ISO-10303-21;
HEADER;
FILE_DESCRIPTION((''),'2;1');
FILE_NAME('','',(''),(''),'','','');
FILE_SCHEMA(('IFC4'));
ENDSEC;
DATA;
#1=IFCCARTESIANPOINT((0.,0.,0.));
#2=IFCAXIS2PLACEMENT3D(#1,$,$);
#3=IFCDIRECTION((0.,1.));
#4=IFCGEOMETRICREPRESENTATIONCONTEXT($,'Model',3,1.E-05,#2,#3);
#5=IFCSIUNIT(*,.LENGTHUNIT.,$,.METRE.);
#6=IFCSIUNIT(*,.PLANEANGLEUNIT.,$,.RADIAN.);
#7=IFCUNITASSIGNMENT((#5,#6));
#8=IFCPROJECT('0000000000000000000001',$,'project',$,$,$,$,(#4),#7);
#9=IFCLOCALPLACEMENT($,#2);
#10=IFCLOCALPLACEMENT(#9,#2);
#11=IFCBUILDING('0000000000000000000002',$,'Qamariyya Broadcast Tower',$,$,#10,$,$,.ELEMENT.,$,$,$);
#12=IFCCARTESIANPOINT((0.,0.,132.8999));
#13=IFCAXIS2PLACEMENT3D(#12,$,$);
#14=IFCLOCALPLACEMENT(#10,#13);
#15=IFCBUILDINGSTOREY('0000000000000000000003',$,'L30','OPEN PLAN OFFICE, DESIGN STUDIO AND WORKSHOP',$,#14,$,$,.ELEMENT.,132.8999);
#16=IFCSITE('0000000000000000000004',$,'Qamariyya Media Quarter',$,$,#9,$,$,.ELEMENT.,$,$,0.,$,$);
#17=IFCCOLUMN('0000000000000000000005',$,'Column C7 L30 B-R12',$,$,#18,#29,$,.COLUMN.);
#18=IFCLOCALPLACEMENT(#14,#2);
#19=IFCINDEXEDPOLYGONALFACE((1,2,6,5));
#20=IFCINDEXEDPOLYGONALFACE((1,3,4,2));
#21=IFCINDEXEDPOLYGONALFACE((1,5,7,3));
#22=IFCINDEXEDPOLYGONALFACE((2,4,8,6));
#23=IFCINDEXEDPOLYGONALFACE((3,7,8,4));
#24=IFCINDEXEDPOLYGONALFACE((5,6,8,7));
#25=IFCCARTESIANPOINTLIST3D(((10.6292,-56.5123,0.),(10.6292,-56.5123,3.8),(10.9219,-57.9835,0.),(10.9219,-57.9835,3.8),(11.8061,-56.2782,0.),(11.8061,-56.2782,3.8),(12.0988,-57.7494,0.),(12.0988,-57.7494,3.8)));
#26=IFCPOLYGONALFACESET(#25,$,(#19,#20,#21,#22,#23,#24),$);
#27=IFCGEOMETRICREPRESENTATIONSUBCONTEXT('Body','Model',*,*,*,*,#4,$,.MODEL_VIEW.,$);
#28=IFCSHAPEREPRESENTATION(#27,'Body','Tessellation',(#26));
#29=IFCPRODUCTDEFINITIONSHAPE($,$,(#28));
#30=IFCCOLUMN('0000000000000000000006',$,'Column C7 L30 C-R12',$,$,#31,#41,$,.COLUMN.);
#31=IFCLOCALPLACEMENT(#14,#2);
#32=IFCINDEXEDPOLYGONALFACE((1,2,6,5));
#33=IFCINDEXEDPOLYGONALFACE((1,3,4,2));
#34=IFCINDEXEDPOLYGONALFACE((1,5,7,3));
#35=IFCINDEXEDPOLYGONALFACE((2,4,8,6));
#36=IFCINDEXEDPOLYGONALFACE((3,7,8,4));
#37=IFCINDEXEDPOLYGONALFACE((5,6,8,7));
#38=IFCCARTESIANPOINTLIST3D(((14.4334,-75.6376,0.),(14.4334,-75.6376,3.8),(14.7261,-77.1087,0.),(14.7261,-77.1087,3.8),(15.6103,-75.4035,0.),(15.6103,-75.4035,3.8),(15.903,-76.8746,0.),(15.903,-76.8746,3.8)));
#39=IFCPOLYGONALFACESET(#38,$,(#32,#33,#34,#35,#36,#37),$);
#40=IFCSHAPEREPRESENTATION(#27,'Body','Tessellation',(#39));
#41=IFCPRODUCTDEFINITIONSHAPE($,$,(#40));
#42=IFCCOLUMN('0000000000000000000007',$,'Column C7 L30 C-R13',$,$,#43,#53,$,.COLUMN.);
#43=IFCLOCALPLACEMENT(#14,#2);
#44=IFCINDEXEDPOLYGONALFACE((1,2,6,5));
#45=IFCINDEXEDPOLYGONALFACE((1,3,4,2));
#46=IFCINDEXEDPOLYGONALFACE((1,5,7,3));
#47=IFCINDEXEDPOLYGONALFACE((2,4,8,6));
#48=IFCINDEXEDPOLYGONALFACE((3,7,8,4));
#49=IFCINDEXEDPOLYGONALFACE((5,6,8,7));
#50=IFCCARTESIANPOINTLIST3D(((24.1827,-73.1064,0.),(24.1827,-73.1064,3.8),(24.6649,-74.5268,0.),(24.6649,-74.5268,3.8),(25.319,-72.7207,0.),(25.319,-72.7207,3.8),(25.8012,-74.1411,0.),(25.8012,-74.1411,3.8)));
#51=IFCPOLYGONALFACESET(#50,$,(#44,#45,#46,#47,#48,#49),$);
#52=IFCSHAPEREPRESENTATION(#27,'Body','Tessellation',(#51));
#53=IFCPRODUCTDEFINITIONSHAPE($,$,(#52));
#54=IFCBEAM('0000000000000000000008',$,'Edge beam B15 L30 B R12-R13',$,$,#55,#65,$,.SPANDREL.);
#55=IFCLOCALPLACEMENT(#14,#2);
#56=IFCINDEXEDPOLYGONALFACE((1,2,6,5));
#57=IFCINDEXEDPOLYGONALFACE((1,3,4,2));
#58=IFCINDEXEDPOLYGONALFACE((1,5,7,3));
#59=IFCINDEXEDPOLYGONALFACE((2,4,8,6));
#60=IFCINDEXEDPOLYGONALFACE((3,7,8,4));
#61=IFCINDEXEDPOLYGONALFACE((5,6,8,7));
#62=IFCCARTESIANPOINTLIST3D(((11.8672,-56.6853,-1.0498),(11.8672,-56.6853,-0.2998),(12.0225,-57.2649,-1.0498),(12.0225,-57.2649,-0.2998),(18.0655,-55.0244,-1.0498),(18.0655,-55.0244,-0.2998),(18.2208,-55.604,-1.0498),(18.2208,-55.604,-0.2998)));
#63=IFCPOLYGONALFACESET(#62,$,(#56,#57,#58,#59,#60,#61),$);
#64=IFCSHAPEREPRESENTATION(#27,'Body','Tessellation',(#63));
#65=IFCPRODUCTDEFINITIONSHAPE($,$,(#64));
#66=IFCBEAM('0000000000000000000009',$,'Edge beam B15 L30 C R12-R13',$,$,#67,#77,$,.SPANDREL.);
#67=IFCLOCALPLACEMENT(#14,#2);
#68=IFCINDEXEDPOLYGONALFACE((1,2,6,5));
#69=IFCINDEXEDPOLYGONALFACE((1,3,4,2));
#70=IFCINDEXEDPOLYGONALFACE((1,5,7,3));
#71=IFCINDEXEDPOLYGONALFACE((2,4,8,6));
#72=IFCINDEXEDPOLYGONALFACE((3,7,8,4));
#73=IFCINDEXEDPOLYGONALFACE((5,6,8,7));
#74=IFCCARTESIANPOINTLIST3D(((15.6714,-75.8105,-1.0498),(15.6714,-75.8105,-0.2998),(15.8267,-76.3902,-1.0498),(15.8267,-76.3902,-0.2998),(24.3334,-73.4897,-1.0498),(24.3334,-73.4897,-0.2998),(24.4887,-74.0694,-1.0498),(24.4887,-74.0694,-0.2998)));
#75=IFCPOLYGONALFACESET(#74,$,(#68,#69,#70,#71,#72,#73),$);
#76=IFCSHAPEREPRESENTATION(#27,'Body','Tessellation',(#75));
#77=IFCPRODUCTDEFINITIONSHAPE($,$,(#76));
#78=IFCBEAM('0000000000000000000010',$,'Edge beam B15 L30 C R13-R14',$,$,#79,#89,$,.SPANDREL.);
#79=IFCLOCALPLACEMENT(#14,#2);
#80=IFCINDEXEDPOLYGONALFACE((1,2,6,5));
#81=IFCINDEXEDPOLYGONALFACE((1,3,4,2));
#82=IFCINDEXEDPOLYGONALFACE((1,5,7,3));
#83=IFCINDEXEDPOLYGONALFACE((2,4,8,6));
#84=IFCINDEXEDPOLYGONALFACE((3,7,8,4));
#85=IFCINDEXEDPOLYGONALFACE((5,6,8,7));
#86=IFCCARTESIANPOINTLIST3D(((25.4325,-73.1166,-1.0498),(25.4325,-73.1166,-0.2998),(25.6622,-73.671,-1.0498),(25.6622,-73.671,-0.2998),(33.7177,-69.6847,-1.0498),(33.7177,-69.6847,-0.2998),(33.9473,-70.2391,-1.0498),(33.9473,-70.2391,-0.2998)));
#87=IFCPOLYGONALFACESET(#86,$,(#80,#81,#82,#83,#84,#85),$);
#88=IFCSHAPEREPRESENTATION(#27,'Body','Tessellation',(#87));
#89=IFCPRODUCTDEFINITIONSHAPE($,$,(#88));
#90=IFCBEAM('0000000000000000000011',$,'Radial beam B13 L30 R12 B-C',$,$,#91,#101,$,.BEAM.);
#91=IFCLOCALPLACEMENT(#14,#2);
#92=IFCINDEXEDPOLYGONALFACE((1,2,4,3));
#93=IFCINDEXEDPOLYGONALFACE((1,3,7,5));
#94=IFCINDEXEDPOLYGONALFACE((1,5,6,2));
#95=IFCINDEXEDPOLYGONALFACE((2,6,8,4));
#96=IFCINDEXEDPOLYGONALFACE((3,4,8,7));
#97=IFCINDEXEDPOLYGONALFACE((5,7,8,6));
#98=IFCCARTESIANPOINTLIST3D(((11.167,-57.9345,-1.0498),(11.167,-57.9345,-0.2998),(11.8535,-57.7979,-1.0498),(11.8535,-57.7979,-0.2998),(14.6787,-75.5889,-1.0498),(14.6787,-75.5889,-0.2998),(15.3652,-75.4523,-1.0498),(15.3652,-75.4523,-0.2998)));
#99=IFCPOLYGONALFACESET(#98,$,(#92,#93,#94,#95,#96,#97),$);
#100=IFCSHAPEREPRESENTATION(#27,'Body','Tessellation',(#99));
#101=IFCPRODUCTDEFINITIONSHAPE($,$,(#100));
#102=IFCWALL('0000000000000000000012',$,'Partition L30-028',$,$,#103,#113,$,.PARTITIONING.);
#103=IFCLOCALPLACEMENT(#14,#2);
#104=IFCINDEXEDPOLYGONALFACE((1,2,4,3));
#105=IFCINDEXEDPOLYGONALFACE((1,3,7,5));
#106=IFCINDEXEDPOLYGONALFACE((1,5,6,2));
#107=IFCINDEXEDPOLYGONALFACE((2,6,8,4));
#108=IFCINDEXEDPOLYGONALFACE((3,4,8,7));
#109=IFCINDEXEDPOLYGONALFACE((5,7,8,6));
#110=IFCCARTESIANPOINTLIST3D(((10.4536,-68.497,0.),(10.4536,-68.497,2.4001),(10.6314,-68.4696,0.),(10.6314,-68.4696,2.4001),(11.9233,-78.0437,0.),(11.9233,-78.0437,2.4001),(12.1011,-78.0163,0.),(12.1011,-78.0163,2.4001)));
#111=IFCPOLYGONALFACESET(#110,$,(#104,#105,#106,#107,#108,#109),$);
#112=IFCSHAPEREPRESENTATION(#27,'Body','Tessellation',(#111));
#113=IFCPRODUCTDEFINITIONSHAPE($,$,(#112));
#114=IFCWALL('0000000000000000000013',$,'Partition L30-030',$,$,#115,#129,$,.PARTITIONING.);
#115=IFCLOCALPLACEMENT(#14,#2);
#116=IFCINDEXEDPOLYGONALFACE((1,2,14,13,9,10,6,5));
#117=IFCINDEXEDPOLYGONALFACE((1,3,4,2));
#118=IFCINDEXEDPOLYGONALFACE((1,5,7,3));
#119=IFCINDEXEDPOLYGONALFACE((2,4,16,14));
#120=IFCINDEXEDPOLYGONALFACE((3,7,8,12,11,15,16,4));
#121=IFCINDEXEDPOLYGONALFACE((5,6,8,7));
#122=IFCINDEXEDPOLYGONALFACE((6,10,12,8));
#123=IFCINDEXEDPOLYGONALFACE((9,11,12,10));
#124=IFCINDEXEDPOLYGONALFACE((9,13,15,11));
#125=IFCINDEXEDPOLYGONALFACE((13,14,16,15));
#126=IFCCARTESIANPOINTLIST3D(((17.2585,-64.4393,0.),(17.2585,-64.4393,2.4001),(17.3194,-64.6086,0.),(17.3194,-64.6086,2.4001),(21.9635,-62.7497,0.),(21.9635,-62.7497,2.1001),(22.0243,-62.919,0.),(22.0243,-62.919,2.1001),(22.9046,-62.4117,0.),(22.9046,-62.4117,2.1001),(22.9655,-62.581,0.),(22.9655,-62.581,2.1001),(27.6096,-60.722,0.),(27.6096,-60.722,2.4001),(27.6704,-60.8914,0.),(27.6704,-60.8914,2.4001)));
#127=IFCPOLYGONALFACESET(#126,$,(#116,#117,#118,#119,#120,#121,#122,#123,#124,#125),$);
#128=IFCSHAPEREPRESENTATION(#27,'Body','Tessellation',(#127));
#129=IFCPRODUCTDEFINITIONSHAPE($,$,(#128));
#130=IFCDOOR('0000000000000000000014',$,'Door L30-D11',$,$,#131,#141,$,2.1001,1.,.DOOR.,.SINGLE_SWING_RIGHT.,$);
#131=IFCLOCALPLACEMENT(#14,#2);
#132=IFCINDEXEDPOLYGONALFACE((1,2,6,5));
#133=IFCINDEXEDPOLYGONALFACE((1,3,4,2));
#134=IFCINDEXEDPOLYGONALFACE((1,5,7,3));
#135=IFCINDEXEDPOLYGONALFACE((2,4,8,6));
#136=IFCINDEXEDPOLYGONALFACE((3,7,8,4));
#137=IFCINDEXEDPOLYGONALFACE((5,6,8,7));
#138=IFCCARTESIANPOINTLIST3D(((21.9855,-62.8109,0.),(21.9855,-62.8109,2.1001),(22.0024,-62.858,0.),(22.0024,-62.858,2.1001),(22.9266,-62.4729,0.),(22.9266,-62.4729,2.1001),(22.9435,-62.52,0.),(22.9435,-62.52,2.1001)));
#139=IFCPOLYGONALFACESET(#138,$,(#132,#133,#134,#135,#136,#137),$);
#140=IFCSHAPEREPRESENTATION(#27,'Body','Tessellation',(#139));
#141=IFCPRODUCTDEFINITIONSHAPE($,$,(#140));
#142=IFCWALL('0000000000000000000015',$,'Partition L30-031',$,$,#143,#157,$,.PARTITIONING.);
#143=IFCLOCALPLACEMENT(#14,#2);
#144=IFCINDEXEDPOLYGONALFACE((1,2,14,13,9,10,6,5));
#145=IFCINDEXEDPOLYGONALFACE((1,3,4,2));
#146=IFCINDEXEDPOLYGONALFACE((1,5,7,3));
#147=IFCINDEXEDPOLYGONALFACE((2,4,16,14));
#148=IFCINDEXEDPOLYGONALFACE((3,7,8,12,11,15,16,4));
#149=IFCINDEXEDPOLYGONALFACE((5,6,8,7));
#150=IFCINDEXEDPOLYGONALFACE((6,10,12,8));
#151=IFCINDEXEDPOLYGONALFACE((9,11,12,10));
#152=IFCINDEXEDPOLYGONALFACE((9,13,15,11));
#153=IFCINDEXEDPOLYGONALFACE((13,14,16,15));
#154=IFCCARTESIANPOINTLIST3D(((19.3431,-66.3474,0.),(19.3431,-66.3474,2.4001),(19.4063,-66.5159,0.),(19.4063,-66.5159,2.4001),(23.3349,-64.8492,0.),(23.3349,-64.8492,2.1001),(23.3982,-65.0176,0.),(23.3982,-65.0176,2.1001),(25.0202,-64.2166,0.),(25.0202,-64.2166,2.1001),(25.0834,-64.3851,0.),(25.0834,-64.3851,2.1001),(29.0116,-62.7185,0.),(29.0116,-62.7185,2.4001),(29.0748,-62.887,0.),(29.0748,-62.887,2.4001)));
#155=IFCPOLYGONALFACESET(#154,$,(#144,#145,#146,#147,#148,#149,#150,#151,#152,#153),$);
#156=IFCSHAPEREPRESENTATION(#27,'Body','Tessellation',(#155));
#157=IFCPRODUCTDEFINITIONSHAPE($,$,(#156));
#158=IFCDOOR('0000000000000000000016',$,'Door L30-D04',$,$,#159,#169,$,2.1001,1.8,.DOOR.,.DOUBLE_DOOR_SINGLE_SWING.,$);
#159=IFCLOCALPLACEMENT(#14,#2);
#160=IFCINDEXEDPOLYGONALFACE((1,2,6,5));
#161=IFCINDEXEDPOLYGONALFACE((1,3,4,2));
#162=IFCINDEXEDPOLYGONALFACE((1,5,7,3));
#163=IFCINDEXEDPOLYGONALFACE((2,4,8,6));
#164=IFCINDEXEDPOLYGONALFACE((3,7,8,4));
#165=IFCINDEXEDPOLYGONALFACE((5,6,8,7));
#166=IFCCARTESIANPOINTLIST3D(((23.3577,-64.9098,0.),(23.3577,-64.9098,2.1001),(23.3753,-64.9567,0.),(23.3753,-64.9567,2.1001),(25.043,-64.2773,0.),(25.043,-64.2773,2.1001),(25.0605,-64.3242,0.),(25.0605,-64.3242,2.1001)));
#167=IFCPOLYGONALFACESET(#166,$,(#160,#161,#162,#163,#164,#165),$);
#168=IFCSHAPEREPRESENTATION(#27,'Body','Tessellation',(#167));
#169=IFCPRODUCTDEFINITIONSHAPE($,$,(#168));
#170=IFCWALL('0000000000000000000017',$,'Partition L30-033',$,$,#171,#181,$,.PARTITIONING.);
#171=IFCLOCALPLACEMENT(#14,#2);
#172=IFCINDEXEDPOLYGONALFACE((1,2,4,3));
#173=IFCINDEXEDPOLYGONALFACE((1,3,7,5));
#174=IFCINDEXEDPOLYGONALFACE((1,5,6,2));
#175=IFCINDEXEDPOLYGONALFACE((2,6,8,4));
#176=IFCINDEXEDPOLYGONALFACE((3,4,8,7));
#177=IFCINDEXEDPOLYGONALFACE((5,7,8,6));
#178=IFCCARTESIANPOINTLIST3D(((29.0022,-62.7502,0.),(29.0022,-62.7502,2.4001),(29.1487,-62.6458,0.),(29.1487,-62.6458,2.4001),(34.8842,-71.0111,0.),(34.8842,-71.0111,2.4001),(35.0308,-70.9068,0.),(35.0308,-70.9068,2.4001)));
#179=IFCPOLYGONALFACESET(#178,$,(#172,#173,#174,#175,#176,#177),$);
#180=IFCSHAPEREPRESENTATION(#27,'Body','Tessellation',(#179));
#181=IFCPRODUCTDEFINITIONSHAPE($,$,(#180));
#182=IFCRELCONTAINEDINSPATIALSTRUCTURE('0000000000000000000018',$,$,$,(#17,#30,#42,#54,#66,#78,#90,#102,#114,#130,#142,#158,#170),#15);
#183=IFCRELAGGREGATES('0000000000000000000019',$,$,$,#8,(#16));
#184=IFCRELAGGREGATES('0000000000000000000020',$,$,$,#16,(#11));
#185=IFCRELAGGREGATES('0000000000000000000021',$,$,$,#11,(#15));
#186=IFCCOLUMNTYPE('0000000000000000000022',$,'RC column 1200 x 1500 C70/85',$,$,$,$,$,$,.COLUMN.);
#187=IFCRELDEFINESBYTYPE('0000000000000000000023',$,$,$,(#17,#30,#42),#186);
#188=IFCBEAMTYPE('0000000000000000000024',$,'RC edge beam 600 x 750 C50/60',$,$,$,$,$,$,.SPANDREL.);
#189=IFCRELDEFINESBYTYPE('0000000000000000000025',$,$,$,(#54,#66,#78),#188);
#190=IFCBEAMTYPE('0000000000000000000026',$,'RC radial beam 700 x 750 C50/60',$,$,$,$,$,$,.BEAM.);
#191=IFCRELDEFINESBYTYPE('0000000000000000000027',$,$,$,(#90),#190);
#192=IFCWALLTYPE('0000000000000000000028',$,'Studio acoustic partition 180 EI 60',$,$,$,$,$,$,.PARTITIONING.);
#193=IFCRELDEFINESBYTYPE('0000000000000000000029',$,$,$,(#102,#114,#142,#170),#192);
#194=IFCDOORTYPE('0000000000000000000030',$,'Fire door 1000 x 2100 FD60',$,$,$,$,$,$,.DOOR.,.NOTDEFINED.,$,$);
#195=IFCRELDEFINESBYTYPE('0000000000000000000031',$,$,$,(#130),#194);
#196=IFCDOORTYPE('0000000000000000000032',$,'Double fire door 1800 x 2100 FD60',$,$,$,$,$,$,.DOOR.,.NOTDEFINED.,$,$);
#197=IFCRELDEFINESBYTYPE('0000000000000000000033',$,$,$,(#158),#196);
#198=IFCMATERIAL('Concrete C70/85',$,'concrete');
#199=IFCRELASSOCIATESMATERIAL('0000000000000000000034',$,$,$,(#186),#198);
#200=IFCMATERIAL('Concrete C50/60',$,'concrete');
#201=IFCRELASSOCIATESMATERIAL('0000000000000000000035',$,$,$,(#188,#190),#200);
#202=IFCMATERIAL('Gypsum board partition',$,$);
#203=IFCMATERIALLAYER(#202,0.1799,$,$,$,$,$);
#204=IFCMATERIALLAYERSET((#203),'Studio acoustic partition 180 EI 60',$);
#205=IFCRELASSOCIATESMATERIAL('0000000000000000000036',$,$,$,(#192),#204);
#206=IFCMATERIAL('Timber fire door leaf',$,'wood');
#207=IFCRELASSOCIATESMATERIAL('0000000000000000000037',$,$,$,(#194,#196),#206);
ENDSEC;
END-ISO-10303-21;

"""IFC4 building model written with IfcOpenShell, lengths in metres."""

from ifc_helpers import new_model, si_unit, direction, frame, frame_2d, origin, origin_2d, place, context, subcontext, project, spatial, rectangle, extrude, material, layer, layer_set, material_profile, profile_set, type_object, element, fill, save


model = new_model("IFC4")

# Units and contexts
model_context = context("Model", 3, precision=1e-05, world=origin(), true_north=direction((0.0, 1.0)))
body_context = subcontext(model_context, "Body", "Model", "MODEL_VIEW")
ifc_project = project(units=[si_unit("LENGTHUNIT", "METRE"), si_unit("PLANEANGLEUNIT", "RADIAN")], contexts=[model_context])

# Site, building, storey
site_placement = place(None, origin())
site = spatial("IfcSite", under=ifc_project, at=site_placement, Name="Qamariyya Media Quarter", CompositionType="ELEMENT", RefElevation=0.0)
building_placement = place(site_placement, origin())
building = spatial("IfcBuilding", under=site, at=building_placement, Name="Qamariyya Broadcast Tower", CompositionType="ELEMENT")
storey_placement = place(building_placement, frame((0.0, 0.0, 132.8999)))
storey = spatial("IfcBuildingStorey", under=building, at=storey_placement, Name="L30", Description="OPEN PLAN OFFICE, DESIGN STUDIO AND WORKSHOP", CompositionType="ELEMENT", Elevation=132.8999)

# Columns
ifc_material_1 = material(Name="Concrete C70/85", Category="concrete")
ifc_material_profile_1 = material_profile(ifc_material_1, rectangle(XDim=1.2, YDim=1.5, at=origin_2d()))
ifc_profile_set_1 = profile_set([ifc_material_profile_1], Name="Concrete C70/85")
column_type = type_object("IfcColumnType", Name="RC column 1200 x 1500 C70/85", PredefinedType="COLUMN", material=ifc_profile_set_1)
for number, where, z_axis, x_axis, name in (
    (1, (11.364, -57.1309, 0.0), (0.0, 0.0, 1.0), (0.980785, 0.19509, 0.0), "Column C7 L30 B-R12"),
    (2, (15.1682, -76.2561, 0.0), (0.0, 0.0, 1.0), (0.980785, 0.19509, 0.0), "Column C7 L30 C-R12"),
    (3, (24.9919, -73.6238, 0.0), (0.0, 0.0, 1.0), (0.94693, 0.321439, 0.0), "Column C7 L30 C-R13"),
):
    element("IfcColumn", number, at=place(storey_placement, frame(where, z_axis=z_axis, x_axis=x_axis)), inside=storey, type_object=column_type, Name=name, PredefinedType="COLUMN", context=body_context, shape_type="SweptSolid", body=[
        extrude(rectangle(XDim=1.2, YDim=1.5, at=origin_2d()), origin(), (0.0, 0.0, 1.0), 3.8),
    ])

# Beams
ifc_material_2 = material(Name="Concrete C50/60", Category="concrete")
ifc_material_profile_2 = material_profile(ifc_material_2, rectangle(XDim=0.6001, YDim=0.75, at=origin_2d()))
ifc_profile_set_2 = profile_set([ifc_material_profile_2], Name="Concrete C50/60")
beam_type_1 = type_object("IfcBeamType", Name="RC edge beam 600 x 750 C50/60", PredefinedType="SPANDREL", material=ifc_profile_set_2)
beam_1_placement = place(storey_placement, frame((11.9448, -56.9751, -0.6748), z_axis=(0.965923, 0.25883, 0.0), x_axis=(-0.25883, 0.965923, 0.0)))
element("IfcBeam", 4, at=beam_1_placement, inside=storey, type_object=beam_type_1, Name="Edge beam B15 L30 B R12-R13", PredefinedType="SPANDREL", context=body_context, shape_type="SweptSolid", body=[
    extrude(rectangle(XDim=0.6001, YDim=0.75, at=origin_2d()), origin(), (0.0, 0.0, 1.0), 6.417),
])
beam_2_placement = place(storey_placement, frame((15.749, -76.1003, -0.6748), z_axis=(0.965932, 0.258798, 0.0), x_axis=(-0.258798, 0.965932, 0.0)))
element("IfcBeam", 5, at=beam_2_placement, inside=storey, type_object=beam_type_1, Name="Edge beam B15 L30 C R12-R13", PredefinedType="SPANDREL", context=body_context, shape_type="SweptSolid", body=[
    extrude(rectangle(XDim=0.6001, YDim=0.75, at=origin_2d()), origin(), (0.0, 0.0, 1.0), 8.9675),
])
beam_3_placement = place(storey_placement, frame((25.5474, -73.3938, -0.6748), z_axis=(0.923877, 0.382689, 0.0), x_axis=(-0.382689, 0.923877, 0.0)))
element("IfcBeam", 6, at=beam_3_placement, inside=storey, type_object=beam_type_1, Name="Edge beam B15 L30 C R13-R14", PredefinedType="SPANDREL", context=body_context, shape_type="SweptSolid", body=[
    extrude(rectangle(XDim=0.6001, YDim=0.75, at=origin_2d()), origin(), (0.0, 0.0, 1.0), 8.9678),
])
ifc_material_profile_3 = material_profile(ifc_material_2, rectangle(XDim=0.7, YDim=0.75, at=origin_2d()))
ifc_profile_set_3 = profile_set([ifc_material_profile_3], Name="Concrete C50/60")
beam_type_2 = type_object("IfcBeamType", Name="RC radial beam 700 x 750 C50/60", PredefinedType="BEAM", material=ifc_profile_set_3)
beam_4_placement = place(storey_placement, frame((11.5103, -57.8662, -0.6748), z_axis=(0.195094, -0.980785, 0.0), x_axis=(0.980785, 0.195094, 0.0)))
element("IfcBeam", 7, at=beam_4_placement, inside=storey, type_object=beam_type_2, Name="Radial beam B13 L30 R12 B-C", PredefinedType="BEAM", context=body_context, shape_type="SweptSolid", body=[
    extrude(rectangle(XDim=0.7, YDim=0.75, at=origin_2d()), origin(), (0.0, 0.0, 1.0), 18.0002),
])

# Wall
ifc_material_3 = material(Name="Gypsum board partition")
ifc_layer = layer(ifc_material_3, 0.1799)
ifc_layer_set = layer_set([ifc_layer], Name="Studio acoustic partition 180 EI 60")
wall_type = type_object("IfcWallType", Name="Studio acoustic partition 180 EI 60", PredefinedType="PARTITIONING", material=ifc_layer_set)
wall_1_placement = place(storey_placement, frame((12.0122, -78.03, 0.0), z_axis=(0.0, 0.0, 1.0), x_axis=(-0.15216, 0.988356, 0.0)))
element("IfcWall", 8, at=wall_1_placement, inside=storey, type_object=wall_type, Name="Partition L30-028", PredefinedType="PARTITIONING", context=body_context, shape_type="SweptSolid", body=[
    extrude(rectangle(XDim=9.6592, YDim=0.1799, at=frame_2d((4.8296, 0.0))), origin(), (0.0, 0.0, 1.0), 2.4001),
])

# Walls, openings, doors
wall_2_placement = place(storey_placement, frame((17.2891, -64.5239, 0.0), z_axis=(0.0, 0.0, 1.0), x_axis=(0.941151, 0.337987, 0.0)))
wall_2 = element("IfcWall", 9, at=wall_2_placement, inside=storey, type_object=wall_type, Name="Partition L30-030", PredefinedType="PARTITIONING", context=body_context, shape_type="SweptSolid", body=[
    extrude(rectangle(XDim=10.9983, YDim=0.1799, at=frame_2d((5.499, 0.0))), origin(), (0.0, 0.0, 1.0), 2.4001),
])
opening_1_placement = place(wall_2_placement, frame((4.999, 0.0, 0.0)))
opening_1 = element("IfcOpeningElement", 10, at=opening_1_placement, cuts=wall_2, PredefinedType="OPENING", context=body_context, shape_type="SweptSolid", body=[
    extrude(rectangle(XDim=1.0, YDim=2.1001, at=frame_2d((0.5, 1.05))), frame((0.0, 0.0999, 0.0), z_axis=(0.0, -1.0, 0.0), x_axis=(1.0, 0.0, 0.0)), (0.0, 0.0, 1.0), 0.2),
])
ifc_material_4 = material(Name="Timber fire door leaf", Category="wood")
door_type_1 = type_object("IfcDoorType", Name="Fire door 1000 x 2100 FD60", OperationType="NOTDEFINED", PredefinedType="DOOR", material=ifc_material_4)
door_1_placement = place(opening_1_placement, origin())
door_1 = element("IfcDoor", 11, at=door_1_placement, inside=storey, type_object=door_type_1, Name="Door L30-D11", OperationType="SINGLE_SWING_RIGHT", OverallHeight=2.1001, OverallWidth=1.0, PredefinedType="DOOR", context=body_context, shape_type="SweptSolid", body=[
    extrude(rectangle(XDim=1.0, YDim=2.1001, at=frame_2d((0.5, 1.05))), frame((0.0, 0.0249, 0.0), z_axis=(0.0, -1.0, 0.0), x_axis=(1.0, 0.0, 0.0)), (0.0, 0.0, 1.0), 0.05),
])
fill(opening_1, door_1)
wall_3_placement = place(storey_placement, frame((29.0432, -62.8027, 0.0), z_axis=(0.0, 0.0, 1.0), x_axis=(-0.936226, -0.351398, 0.0)))
wall_3 = element("IfcWall", 12, at=wall_3_placement, inside=storey, type_object=wall_type, Name="Partition L30-031", PredefinedType="PARTITIONING", context=body_context, shape_type="SweptSolid", body=[
    extrude(rectangle(XDim=10.3271, YDim=0.1799, at=frame_2d((5.1636, 0.0))), origin(), (0.0, 0.0, 1.0), 2.4001),
])
opening_2_placement = place(wall_3_placement, frame((4.2634, 0.0, 0.0)))
opening_2 = element("IfcOpeningElement", 13, at=opening_2_placement, cuts=wall_3, PredefinedType="OPENING", context=body_context, shape_type="SweptSolid", body=[
    extrude(rectangle(XDim=1.8, YDim=2.1001, at=frame_2d((0.8999, 1.05))), frame((0.0, 0.0999, 0.0), z_axis=(0.0, -1.0, 0.0), x_axis=(1.0, 0.0, 0.0)), (0.0, 0.0, 1.0), 0.2),
])
door_type_2 = type_object("IfcDoorType", Name="Double fire door 1800 x 2100 FD60", OperationType="NOTDEFINED", PredefinedType="DOOR", material=ifc_material_4)
door_2_placement = place(opening_2_placement, origin())
door_2 = element("IfcDoor", 14, at=door_2_placement, inside=storey, type_object=door_type_2, Name="Door L30-D04", OperationType="DOUBLE_DOOR_SINGLE_SWING", OverallHeight=2.1001, OverallWidth=1.8, PredefinedType="DOOR", context=body_context, shape_type="SweptSolid", body=[
    extrude(rectangle(XDim=1.8, YDim=2.1001, at=frame_2d((0.8999, 1.05))), frame((0.0, 0.0249, 0.0), z_axis=(0.0, -1.0, 0.0), x_axis=(1.0, 0.0, 0.0)), (0.0, 0.0, 1.0), 0.05),
])
fill(opening_2, door_2)

# Wall
wall_4_placement = place(storey_placement, frame((29.0754, -62.698, 0.0), z_axis=(0.0, 0.0, 1.0), x_axis=(0.580021, -0.814601, 0.0)))
element("IfcWall", 15, at=wall_4_placement, inside=storey, type_object=wall_type, Name="Partition L30-033", PredefinedType="PARTITIONING", context=body_context, shape_type="SweptSolid", body=[
    extrude(rectangle(XDim=10.1411, YDim=0.1799, at=frame_2d((5.0706, 0.0))), origin(), (0.0, 0.0, 1.0), 2.4001),
])

save(model, "model.ifc")
